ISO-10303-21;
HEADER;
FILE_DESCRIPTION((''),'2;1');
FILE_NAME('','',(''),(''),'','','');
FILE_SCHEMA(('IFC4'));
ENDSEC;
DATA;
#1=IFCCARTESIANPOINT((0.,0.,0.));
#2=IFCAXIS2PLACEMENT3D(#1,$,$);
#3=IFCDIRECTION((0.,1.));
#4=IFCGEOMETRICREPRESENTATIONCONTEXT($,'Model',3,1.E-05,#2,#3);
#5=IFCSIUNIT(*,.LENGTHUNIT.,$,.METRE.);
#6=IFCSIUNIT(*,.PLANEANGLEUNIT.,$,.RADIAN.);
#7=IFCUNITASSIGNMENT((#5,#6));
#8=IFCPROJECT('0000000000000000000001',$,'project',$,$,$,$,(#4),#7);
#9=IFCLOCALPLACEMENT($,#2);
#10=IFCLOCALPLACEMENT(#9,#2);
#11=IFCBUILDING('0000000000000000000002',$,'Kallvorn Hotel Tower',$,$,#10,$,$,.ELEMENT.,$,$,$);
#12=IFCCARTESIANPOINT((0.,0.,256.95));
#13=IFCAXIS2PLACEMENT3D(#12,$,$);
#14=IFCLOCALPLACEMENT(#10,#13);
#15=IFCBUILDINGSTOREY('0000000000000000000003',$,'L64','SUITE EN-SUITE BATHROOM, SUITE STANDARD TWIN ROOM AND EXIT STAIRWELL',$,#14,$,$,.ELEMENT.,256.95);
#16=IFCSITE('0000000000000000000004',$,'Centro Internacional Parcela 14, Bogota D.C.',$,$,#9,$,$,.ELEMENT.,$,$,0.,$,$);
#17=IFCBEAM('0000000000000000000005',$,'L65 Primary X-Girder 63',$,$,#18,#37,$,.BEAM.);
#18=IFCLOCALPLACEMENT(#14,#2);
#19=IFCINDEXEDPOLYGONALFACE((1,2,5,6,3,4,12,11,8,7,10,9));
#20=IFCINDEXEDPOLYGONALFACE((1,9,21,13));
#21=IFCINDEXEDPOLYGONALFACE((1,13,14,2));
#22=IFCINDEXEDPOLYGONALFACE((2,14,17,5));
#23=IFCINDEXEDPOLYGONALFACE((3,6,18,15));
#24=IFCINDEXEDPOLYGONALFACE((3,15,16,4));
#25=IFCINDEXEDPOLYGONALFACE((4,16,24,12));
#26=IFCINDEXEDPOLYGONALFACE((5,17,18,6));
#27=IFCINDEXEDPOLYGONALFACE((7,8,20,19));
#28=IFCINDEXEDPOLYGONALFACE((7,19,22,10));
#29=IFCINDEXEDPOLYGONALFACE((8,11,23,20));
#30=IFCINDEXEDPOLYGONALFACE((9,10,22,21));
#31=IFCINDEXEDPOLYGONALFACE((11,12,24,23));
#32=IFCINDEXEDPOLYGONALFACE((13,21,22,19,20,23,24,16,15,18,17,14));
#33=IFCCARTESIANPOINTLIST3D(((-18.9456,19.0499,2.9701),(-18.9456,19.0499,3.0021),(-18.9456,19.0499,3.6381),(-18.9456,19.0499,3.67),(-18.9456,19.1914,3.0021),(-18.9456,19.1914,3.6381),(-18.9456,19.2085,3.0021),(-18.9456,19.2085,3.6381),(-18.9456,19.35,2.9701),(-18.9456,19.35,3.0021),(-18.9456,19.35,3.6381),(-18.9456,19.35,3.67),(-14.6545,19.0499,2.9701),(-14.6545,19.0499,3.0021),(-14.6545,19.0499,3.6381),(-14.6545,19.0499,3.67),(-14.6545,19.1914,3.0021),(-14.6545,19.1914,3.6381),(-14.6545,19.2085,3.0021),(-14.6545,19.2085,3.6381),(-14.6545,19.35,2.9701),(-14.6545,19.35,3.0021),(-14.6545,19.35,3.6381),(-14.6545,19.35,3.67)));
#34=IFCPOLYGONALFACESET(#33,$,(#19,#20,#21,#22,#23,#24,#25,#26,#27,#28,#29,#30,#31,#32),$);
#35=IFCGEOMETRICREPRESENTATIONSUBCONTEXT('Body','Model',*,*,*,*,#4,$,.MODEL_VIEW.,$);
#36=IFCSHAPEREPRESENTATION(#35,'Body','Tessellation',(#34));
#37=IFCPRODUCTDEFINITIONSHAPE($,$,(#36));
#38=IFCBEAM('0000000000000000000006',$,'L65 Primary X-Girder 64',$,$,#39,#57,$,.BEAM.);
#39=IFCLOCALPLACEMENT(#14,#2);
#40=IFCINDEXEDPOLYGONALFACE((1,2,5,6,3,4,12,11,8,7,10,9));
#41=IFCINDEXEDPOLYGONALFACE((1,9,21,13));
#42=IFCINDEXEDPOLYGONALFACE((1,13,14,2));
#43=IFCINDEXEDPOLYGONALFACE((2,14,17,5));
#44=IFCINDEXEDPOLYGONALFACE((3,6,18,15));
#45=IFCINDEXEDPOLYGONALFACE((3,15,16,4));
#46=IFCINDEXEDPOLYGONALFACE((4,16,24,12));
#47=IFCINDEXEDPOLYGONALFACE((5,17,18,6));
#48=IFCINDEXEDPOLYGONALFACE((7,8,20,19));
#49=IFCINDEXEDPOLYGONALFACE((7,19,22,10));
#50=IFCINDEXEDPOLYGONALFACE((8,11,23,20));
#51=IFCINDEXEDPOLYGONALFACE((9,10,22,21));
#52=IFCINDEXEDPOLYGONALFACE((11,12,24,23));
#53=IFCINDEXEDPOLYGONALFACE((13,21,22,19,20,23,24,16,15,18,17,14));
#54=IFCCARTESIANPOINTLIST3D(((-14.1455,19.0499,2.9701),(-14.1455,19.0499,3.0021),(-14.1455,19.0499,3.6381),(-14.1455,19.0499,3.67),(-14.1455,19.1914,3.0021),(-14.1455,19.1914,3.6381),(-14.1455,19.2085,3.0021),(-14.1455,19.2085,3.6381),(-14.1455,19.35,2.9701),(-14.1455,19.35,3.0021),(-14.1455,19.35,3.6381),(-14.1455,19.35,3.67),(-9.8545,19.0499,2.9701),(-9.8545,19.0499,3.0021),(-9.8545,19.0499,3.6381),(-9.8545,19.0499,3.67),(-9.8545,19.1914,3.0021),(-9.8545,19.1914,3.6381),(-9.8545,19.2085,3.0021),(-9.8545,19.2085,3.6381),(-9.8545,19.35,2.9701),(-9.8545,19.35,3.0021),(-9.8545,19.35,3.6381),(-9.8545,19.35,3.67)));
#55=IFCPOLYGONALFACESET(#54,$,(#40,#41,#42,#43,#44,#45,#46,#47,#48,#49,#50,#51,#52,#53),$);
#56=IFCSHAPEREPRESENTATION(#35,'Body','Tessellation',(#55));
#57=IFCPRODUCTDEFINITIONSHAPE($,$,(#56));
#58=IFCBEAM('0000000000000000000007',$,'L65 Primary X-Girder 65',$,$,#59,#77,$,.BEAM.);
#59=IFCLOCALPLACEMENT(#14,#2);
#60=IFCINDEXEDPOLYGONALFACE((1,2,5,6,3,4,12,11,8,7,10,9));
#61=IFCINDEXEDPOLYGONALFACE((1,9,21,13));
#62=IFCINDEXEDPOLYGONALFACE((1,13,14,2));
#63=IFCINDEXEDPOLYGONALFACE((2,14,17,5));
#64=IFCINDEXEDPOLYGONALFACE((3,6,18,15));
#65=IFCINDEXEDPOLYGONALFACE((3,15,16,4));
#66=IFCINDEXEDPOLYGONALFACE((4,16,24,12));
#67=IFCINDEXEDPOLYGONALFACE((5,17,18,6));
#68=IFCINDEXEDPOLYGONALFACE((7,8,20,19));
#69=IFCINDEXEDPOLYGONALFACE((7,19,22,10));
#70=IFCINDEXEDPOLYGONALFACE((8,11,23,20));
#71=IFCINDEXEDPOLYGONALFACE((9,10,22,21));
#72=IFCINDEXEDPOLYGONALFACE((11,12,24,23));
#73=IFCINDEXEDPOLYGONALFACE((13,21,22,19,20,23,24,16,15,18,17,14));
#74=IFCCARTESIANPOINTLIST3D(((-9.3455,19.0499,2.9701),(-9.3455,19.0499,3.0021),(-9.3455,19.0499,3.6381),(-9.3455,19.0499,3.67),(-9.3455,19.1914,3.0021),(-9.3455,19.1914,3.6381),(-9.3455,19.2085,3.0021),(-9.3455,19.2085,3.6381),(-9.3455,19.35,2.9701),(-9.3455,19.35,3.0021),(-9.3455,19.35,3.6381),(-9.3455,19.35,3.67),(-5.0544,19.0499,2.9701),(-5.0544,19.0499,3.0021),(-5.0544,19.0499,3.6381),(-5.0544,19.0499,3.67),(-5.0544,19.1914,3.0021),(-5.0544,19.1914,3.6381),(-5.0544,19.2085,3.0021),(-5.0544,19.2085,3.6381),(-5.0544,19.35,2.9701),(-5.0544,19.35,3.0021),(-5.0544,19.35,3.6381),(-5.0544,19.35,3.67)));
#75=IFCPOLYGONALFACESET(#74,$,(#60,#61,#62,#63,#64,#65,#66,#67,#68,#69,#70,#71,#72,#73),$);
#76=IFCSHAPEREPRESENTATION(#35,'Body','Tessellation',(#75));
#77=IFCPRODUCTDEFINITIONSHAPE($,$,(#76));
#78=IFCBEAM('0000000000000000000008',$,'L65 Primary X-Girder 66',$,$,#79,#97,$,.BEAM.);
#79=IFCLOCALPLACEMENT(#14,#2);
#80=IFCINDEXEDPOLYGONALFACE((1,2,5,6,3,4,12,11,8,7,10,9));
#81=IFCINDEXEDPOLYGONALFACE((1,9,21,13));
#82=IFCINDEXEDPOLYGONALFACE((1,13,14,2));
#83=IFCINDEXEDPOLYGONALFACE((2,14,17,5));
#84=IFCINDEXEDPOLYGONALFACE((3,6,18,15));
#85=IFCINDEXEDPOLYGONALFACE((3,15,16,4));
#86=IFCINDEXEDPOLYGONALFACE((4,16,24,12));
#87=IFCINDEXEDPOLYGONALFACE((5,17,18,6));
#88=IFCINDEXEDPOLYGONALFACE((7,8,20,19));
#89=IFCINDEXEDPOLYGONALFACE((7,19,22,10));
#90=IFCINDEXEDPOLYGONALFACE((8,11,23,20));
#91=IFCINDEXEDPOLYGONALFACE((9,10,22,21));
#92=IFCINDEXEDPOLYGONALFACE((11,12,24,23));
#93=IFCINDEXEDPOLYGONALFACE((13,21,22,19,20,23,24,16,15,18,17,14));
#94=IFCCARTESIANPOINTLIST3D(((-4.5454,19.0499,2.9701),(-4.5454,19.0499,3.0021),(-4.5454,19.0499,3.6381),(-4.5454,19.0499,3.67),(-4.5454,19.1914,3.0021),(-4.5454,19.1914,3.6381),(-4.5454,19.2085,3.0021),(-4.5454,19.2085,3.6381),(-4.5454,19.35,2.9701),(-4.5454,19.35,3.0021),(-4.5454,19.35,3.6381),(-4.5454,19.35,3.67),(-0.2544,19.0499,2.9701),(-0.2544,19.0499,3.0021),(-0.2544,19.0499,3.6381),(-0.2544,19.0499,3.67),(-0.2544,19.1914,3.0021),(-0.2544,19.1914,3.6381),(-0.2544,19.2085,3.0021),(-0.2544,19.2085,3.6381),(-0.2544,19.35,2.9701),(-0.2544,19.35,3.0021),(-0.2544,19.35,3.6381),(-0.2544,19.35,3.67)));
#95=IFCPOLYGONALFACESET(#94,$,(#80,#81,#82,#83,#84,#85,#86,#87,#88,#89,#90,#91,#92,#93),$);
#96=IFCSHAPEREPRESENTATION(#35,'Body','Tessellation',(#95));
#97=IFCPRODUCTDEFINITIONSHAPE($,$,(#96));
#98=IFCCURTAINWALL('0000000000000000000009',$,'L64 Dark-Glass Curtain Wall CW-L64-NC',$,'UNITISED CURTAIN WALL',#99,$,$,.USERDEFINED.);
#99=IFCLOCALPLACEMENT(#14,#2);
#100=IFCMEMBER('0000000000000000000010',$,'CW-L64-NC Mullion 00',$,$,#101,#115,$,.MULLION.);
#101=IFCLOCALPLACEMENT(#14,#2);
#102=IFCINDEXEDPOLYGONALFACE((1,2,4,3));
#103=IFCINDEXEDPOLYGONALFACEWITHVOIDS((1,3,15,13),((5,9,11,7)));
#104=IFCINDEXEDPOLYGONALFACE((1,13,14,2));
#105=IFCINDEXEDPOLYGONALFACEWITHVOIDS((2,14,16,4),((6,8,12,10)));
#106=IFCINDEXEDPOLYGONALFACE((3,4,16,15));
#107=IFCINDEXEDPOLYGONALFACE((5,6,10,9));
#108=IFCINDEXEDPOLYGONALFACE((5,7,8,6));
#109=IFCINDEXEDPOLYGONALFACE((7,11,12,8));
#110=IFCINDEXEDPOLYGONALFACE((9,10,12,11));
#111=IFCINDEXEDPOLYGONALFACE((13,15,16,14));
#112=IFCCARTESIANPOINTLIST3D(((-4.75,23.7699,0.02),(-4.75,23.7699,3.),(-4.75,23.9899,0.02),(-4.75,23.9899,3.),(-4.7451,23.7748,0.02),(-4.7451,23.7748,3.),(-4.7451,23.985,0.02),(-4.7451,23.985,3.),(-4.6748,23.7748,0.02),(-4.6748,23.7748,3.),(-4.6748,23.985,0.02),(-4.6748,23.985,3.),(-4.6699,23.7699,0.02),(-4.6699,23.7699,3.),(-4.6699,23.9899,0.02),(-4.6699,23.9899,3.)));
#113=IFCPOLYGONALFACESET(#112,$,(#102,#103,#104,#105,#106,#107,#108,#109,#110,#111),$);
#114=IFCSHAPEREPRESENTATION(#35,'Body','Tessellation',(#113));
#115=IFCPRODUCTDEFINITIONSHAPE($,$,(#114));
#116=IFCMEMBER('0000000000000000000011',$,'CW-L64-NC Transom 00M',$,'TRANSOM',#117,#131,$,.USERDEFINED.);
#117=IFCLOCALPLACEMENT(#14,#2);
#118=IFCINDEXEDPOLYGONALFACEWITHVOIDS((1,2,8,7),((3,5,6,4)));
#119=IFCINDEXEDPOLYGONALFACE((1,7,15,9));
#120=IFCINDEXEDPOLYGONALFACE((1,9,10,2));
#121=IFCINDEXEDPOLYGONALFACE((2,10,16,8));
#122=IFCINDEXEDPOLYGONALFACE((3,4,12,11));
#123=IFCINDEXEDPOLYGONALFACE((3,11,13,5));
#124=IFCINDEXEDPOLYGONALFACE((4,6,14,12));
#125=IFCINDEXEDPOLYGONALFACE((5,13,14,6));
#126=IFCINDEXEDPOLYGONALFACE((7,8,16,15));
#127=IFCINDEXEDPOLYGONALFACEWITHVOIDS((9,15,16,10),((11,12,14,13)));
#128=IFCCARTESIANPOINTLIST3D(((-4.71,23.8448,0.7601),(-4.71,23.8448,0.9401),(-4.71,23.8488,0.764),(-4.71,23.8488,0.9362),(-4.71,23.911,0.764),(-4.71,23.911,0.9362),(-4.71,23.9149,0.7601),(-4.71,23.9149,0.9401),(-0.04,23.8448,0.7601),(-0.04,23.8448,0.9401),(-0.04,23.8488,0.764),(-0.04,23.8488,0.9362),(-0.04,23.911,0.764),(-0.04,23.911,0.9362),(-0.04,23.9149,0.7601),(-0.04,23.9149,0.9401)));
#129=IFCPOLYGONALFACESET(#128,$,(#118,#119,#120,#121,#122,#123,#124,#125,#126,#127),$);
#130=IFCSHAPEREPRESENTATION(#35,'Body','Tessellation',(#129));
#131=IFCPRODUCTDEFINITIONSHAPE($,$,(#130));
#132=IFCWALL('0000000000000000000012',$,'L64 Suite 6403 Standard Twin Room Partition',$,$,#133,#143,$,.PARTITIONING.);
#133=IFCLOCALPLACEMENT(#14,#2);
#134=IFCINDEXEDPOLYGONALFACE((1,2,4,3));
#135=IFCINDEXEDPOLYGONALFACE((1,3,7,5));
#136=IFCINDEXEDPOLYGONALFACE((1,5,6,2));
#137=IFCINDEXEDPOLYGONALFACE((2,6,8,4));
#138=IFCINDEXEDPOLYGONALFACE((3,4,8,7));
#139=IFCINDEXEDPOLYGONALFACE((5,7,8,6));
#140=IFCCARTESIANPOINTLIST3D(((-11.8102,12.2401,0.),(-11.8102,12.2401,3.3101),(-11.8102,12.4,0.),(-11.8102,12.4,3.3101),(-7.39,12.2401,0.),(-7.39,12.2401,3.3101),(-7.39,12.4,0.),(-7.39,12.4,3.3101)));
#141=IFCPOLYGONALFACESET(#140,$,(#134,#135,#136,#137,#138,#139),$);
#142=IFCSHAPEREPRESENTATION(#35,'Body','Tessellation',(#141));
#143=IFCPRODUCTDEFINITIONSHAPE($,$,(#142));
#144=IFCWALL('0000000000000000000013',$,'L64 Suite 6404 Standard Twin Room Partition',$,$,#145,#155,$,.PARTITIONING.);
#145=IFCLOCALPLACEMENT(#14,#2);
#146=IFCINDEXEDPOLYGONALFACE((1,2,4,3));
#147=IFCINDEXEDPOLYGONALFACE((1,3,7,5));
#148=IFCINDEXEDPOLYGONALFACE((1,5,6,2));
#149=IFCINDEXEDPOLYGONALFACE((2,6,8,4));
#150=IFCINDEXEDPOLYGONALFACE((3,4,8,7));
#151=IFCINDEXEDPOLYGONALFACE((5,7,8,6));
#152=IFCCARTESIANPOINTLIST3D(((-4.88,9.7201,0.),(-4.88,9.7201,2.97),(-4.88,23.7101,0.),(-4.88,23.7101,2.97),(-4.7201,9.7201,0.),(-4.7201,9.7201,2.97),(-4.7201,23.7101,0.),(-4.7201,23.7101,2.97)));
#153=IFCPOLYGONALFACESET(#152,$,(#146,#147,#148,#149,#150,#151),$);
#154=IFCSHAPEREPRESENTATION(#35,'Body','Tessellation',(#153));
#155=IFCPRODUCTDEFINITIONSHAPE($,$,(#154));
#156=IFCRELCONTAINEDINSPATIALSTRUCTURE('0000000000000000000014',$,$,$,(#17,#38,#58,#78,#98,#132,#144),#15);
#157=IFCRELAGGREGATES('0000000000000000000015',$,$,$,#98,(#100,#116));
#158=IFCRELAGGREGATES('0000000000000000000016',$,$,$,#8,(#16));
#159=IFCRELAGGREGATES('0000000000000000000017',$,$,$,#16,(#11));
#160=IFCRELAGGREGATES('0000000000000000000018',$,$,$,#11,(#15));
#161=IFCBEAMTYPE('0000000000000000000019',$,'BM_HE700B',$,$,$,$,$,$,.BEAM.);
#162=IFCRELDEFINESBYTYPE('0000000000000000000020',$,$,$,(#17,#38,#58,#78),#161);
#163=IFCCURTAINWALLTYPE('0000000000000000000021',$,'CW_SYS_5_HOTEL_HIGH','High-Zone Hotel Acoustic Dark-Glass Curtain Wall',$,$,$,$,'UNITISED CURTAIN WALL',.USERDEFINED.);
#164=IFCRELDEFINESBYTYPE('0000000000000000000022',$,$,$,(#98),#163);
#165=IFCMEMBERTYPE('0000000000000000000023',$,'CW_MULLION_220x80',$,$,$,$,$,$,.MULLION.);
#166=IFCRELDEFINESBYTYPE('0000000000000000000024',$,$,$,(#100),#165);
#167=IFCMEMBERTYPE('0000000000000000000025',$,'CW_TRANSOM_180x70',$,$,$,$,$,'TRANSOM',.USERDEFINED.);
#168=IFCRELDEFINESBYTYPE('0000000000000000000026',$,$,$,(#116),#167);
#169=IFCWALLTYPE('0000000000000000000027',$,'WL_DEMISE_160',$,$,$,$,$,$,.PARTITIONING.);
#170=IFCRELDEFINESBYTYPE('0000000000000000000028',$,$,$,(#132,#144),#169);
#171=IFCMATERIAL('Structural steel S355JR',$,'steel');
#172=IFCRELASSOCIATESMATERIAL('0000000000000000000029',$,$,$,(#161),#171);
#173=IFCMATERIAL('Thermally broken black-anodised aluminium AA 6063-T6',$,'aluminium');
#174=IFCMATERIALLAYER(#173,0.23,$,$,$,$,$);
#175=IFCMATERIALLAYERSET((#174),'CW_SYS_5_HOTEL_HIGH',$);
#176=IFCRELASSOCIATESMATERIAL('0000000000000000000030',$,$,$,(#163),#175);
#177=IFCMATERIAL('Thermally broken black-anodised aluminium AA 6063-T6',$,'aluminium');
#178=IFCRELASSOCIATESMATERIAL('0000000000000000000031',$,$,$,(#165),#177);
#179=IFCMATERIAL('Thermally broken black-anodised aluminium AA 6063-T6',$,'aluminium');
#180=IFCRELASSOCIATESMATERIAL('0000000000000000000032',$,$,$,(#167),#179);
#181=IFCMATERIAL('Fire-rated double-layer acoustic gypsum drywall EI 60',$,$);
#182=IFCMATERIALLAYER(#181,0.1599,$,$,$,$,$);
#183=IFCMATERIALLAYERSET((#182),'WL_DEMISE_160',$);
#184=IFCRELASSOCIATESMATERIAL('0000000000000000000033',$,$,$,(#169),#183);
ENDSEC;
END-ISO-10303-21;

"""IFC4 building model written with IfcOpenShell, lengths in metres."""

from ifc_helpers import new_model, si_unit, direction, frame, frame_2d, origin, origin_2d, place, context, subcontext, project, spatial, rectangle, hollow_rectangle, i_section, extrude, material, layer, layer_set, material_profile, profile_set, type_object, element, aggregate, save


model = new_model("IFC4")

# Units and contexts
model_context = context("Model", 3, precision=1e-05, world=origin(), true_north=direction((0.0, 1.0)))
body_context = subcontext(model_context, "Body", "Model", "MODEL_VIEW")
ifc_project = project(units=[si_unit("LENGTHUNIT", "METRE"), si_unit("PLANEANGLEUNIT", "RADIAN")], contexts=[model_context])

# Site, building, storey
site_placement = place(None, origin())
site = spatial("IfcSite", under=ifc_project, at=site_placement, Name="Centro Internacional Parcela 14, Bogota D.C.", CompositionType="ELEMENT", RefElevation=0.0)
building_placement = place(site_placement, origin())
building = spatial("IfcBuilding", under=site, at=building_placement, Name="Kallvorn Hotel Tower", CompositionType="ELEMENT")
storey_placement = place(building_placement, frame((0.0, 0.0, 256.95)))
storey = spatial("IfcBuildingStorey", under=building, at=storey_placement, Name="L64", Description="SUITE EN-SUITE BATHROOM, SUITE STANDARD TWIN ROOM AND EXIT STAIRWELL", CompositionType="ELEMENT", Elevation=256.95)

# Beams
ifc_material_1 = material(Name="Structural steel S355JR", Category="steel")
ifc_material_profile_1 = material_profile(ifc_material_1, i_section(OverallWidth=0.3, OverallDepth=0.7, WebThickness=0.0171, FlangeThickness=0.032, at=origin_2d()), Name="HE 700 B")
ifc_profile_set_1 = profile_set([ifc_material_profile_1], Name="Structural steel S355JR")
beam_type_1 = type_object("IfcBeamType", Name="BM_HE700B", PredefinedType="BEAM", material=ifc_profile_set_1)
for number, where, z_axis, x_axis, name in (
    (1, (-18.9456, 19.2, 3.3201), (1.0, 0.0, 0.0), (0.0, 1.0, 0.0), "L65 Primary X-Girder 63"),
    (2, (-14.1455, 19.2, 3.3201), (1.0, 0.0, 0.0), (0.0, 1.0, 0.0), "L65 Primary X-Girder 64"),
    (3, (-9.3455, 19.2, 3.3201), (1.0, 0.0, 0.0), (0.0, 1.0, 0.0), "L65 Primary X-Girder 65"),
    (4, (-4.5454, 19.2, 3.3201), (1.0, 0.0, 0.0), (0.0, 1.0, 0.0), "L65 Primary X-Girder 66"),
):
    element("IfcBeam", number, at=place(storey_placement, frame(where, z_axis=z_axis, x_axis=x_axis)), inside=storey, type_object=beam_type_1, Name=name, PredefinedType="BEAM", context=body_context, shape_type="SweptSolid", body=[
        extrude(i_section(OverallWidth=0.3, OverallDepth=0.7, WebThickness=0.0171, FlangeThickness=0.032, at=origin_2d()), origin(), (0.0, 0.0, 1.0), 4.291),
    ])

# Curtain wall, members
ifc_material_2 = material(Name="Thermally broken black-anodised aluminium AA 6063-T6", Category="aluminium")
ifc_layer_1 = layer(ifc_material_2, 0.23)
ifc_layer_set_1 = layer_set([ifc_layer_1], Name="CW_SYS_5_HOTEL_HIGH")
curtain_wall_type = type_object("IfcCurtainWallType", Name="CW_SYS_5_HOTEL_HIGH", Description="High-Zone Hotel Acoustic Dark-Glass Curtain Wall", ElementType="UNITISED CURTAIN WALL", PredefinedType="USERDEFINED", material=ifc_layer_set_1)
curtain_wall_placement = place(storey_placement, origin())
curtain_wall = element("IfcCurtainWall", 5, at=curtain_wall_placement, inside=storey, type_object=curtain_wall_type, Name="L64 Dark-Glass Curtain Wall CW-L64-NC", ObjectType="UNITISED CURTAIN WALL", PredefinedType="USERDEFINED")
ifc_material_3 = material(Name="Thermally broken black-anodised aluminium AA 6063-T6", Category="aluminium")
ifc_material_profile_2 = material_profile(ifc_material_3, hollow_rectangle(XDim=0.0801, YDim=0.22, WallThickness=0.0049, at=origin_2d()), Name="MUL 220x80")
ifc_profile_set_2 = profile_set([ifc_material_profile_2], Name="Thermally broken black-anodised aluminium AA 6063-T6")
member_type_1 = type_object("IfcMemberType", Name="CW_MULLION_220x80", PredefinedType="MULLION", material=ifc_profile_set_2)
member_1_placement = place(storey_placement, frame((-4.71, 23.8799, 0.02), z_axis=(0.0, 0.0, 1.0), x_axis=(1.0, 0.0, 0.0)))
member_1 = element("IfcMember", 6, at=member_1_placement, type_object=member_type_1, Name="CW-L64-NC Mullion 00", PredefinedType="MULLION", context=body_context, shape_type="SweptSolid", body=[
    extrude(hollow_rectangle(XDim=0.0801, YDim=0.22, WallThickness=0.0049, at=origin_2d()), origin(), (0.0, 0.0, 1.0), 2.98),
])
ifc_material_4 = material(Name="Thermally broken black-anodised aluminium AA 6063-T6", Category="aluminium")
ifc_material_profile_3 = material_profile(ifc_material_4, hollow_rectangle(XDim=0.0701, YDim=0.1799, WallThickness=0.0039, at=origin_2d()), Name="TRN 180x70")
ifc_profile_set_3 = profile_set([ifc_material_profile_3], Name="Thermally broken black-anodised aluminium AA 6063-T6")
member_type_2 = type_object("IfcMemberType", Name="CW_TRANSOM_180x70", ElementType="TRANSOM", PredefinedType="USERDEFINED", material=ifc_profile_set_3)
member_2_placement = place(storey_placement, frame((-4.71, 23.8799, 0.8501), z_axis=(1.0, 0.0, 0.0), x_axis=(0.0, 1.0, 0.0)))
member_2 = element("IfcMember", 7, at=member_2_placement, type_object=member_type_2, Name="CW-L64-NC Transom 00M", ObjectType="TRANSOM", PredefinedType="USERDEFINED", context=body_context, shape_type="SweptSolid", body=[
    extrude(hollow_rectangle(XDim=0.0701, YDim=0.1799, WallThickness=0.0039, at=origin_2d()), origin(), (0.0, 0.0, 1.0), 4.6699),
])
aggregate(curtain_wall, [member_1, member_2])

# Walls
ifc_material_5 = material(Name="Fire-rated double-layer acoustic gypsum drywall EI 60")
ifc_layer_2 = layer(ifc_material_5, 0.1599)
ifc_layer_set_2 = layer_set([ifc_layer_2], Name="WL_DEMISE_160")
wall_type = type_object("IfcWallType", Name="WL_DEMISE_160", PredefinedType="PARTITIONING", material=ifc_layer_set_2)
wall_1_placement = place(storey_placement, frame((-11.8101, 12.3201, 0.0), z_axis=(0.0, 0.0, 1.0), x_axis=(1.0, 0.0, 0.0)))
element("IfcWall", 8, at=wall_1_placement, inside=storey, type_object=wall_type, Name="L64 Suite 6403 Standard Twin Room Partition", PredefinedType="PARTITIONING", context=body_context, shape_type="SweptSolid", body=[
    extrude(rectangle(XDim=4.4202, YDim=0.1599, at=frame_2d((2.21, 0.0))), origin(), (0.0, 0.0, 1.0), 3.3101),
])
wall_2_placement = place(storey_placement, frame((-4.8, 9.72, 0.0), z_axis=(0.0, 0.0, 1.0), x_axis=(0.0, 1.0, 0.0)))
element("IfcWall", 9, at=wall_2_placement, inside=storey, type_object=wall_type, Name="L64 Suite 6404 Standard Twin Room Partition", PredefinedType="PARTITIONING", context=body_context, shape_type="SweptSolid", body=[
    extrude(rectangle(XDim=13.99, YDim=0.1599, at=frame_2d((6.9951, 0.0))), origin(), (0.0, 0.0, 1.0), 2.97),
])

save(model, "model.ifc")
